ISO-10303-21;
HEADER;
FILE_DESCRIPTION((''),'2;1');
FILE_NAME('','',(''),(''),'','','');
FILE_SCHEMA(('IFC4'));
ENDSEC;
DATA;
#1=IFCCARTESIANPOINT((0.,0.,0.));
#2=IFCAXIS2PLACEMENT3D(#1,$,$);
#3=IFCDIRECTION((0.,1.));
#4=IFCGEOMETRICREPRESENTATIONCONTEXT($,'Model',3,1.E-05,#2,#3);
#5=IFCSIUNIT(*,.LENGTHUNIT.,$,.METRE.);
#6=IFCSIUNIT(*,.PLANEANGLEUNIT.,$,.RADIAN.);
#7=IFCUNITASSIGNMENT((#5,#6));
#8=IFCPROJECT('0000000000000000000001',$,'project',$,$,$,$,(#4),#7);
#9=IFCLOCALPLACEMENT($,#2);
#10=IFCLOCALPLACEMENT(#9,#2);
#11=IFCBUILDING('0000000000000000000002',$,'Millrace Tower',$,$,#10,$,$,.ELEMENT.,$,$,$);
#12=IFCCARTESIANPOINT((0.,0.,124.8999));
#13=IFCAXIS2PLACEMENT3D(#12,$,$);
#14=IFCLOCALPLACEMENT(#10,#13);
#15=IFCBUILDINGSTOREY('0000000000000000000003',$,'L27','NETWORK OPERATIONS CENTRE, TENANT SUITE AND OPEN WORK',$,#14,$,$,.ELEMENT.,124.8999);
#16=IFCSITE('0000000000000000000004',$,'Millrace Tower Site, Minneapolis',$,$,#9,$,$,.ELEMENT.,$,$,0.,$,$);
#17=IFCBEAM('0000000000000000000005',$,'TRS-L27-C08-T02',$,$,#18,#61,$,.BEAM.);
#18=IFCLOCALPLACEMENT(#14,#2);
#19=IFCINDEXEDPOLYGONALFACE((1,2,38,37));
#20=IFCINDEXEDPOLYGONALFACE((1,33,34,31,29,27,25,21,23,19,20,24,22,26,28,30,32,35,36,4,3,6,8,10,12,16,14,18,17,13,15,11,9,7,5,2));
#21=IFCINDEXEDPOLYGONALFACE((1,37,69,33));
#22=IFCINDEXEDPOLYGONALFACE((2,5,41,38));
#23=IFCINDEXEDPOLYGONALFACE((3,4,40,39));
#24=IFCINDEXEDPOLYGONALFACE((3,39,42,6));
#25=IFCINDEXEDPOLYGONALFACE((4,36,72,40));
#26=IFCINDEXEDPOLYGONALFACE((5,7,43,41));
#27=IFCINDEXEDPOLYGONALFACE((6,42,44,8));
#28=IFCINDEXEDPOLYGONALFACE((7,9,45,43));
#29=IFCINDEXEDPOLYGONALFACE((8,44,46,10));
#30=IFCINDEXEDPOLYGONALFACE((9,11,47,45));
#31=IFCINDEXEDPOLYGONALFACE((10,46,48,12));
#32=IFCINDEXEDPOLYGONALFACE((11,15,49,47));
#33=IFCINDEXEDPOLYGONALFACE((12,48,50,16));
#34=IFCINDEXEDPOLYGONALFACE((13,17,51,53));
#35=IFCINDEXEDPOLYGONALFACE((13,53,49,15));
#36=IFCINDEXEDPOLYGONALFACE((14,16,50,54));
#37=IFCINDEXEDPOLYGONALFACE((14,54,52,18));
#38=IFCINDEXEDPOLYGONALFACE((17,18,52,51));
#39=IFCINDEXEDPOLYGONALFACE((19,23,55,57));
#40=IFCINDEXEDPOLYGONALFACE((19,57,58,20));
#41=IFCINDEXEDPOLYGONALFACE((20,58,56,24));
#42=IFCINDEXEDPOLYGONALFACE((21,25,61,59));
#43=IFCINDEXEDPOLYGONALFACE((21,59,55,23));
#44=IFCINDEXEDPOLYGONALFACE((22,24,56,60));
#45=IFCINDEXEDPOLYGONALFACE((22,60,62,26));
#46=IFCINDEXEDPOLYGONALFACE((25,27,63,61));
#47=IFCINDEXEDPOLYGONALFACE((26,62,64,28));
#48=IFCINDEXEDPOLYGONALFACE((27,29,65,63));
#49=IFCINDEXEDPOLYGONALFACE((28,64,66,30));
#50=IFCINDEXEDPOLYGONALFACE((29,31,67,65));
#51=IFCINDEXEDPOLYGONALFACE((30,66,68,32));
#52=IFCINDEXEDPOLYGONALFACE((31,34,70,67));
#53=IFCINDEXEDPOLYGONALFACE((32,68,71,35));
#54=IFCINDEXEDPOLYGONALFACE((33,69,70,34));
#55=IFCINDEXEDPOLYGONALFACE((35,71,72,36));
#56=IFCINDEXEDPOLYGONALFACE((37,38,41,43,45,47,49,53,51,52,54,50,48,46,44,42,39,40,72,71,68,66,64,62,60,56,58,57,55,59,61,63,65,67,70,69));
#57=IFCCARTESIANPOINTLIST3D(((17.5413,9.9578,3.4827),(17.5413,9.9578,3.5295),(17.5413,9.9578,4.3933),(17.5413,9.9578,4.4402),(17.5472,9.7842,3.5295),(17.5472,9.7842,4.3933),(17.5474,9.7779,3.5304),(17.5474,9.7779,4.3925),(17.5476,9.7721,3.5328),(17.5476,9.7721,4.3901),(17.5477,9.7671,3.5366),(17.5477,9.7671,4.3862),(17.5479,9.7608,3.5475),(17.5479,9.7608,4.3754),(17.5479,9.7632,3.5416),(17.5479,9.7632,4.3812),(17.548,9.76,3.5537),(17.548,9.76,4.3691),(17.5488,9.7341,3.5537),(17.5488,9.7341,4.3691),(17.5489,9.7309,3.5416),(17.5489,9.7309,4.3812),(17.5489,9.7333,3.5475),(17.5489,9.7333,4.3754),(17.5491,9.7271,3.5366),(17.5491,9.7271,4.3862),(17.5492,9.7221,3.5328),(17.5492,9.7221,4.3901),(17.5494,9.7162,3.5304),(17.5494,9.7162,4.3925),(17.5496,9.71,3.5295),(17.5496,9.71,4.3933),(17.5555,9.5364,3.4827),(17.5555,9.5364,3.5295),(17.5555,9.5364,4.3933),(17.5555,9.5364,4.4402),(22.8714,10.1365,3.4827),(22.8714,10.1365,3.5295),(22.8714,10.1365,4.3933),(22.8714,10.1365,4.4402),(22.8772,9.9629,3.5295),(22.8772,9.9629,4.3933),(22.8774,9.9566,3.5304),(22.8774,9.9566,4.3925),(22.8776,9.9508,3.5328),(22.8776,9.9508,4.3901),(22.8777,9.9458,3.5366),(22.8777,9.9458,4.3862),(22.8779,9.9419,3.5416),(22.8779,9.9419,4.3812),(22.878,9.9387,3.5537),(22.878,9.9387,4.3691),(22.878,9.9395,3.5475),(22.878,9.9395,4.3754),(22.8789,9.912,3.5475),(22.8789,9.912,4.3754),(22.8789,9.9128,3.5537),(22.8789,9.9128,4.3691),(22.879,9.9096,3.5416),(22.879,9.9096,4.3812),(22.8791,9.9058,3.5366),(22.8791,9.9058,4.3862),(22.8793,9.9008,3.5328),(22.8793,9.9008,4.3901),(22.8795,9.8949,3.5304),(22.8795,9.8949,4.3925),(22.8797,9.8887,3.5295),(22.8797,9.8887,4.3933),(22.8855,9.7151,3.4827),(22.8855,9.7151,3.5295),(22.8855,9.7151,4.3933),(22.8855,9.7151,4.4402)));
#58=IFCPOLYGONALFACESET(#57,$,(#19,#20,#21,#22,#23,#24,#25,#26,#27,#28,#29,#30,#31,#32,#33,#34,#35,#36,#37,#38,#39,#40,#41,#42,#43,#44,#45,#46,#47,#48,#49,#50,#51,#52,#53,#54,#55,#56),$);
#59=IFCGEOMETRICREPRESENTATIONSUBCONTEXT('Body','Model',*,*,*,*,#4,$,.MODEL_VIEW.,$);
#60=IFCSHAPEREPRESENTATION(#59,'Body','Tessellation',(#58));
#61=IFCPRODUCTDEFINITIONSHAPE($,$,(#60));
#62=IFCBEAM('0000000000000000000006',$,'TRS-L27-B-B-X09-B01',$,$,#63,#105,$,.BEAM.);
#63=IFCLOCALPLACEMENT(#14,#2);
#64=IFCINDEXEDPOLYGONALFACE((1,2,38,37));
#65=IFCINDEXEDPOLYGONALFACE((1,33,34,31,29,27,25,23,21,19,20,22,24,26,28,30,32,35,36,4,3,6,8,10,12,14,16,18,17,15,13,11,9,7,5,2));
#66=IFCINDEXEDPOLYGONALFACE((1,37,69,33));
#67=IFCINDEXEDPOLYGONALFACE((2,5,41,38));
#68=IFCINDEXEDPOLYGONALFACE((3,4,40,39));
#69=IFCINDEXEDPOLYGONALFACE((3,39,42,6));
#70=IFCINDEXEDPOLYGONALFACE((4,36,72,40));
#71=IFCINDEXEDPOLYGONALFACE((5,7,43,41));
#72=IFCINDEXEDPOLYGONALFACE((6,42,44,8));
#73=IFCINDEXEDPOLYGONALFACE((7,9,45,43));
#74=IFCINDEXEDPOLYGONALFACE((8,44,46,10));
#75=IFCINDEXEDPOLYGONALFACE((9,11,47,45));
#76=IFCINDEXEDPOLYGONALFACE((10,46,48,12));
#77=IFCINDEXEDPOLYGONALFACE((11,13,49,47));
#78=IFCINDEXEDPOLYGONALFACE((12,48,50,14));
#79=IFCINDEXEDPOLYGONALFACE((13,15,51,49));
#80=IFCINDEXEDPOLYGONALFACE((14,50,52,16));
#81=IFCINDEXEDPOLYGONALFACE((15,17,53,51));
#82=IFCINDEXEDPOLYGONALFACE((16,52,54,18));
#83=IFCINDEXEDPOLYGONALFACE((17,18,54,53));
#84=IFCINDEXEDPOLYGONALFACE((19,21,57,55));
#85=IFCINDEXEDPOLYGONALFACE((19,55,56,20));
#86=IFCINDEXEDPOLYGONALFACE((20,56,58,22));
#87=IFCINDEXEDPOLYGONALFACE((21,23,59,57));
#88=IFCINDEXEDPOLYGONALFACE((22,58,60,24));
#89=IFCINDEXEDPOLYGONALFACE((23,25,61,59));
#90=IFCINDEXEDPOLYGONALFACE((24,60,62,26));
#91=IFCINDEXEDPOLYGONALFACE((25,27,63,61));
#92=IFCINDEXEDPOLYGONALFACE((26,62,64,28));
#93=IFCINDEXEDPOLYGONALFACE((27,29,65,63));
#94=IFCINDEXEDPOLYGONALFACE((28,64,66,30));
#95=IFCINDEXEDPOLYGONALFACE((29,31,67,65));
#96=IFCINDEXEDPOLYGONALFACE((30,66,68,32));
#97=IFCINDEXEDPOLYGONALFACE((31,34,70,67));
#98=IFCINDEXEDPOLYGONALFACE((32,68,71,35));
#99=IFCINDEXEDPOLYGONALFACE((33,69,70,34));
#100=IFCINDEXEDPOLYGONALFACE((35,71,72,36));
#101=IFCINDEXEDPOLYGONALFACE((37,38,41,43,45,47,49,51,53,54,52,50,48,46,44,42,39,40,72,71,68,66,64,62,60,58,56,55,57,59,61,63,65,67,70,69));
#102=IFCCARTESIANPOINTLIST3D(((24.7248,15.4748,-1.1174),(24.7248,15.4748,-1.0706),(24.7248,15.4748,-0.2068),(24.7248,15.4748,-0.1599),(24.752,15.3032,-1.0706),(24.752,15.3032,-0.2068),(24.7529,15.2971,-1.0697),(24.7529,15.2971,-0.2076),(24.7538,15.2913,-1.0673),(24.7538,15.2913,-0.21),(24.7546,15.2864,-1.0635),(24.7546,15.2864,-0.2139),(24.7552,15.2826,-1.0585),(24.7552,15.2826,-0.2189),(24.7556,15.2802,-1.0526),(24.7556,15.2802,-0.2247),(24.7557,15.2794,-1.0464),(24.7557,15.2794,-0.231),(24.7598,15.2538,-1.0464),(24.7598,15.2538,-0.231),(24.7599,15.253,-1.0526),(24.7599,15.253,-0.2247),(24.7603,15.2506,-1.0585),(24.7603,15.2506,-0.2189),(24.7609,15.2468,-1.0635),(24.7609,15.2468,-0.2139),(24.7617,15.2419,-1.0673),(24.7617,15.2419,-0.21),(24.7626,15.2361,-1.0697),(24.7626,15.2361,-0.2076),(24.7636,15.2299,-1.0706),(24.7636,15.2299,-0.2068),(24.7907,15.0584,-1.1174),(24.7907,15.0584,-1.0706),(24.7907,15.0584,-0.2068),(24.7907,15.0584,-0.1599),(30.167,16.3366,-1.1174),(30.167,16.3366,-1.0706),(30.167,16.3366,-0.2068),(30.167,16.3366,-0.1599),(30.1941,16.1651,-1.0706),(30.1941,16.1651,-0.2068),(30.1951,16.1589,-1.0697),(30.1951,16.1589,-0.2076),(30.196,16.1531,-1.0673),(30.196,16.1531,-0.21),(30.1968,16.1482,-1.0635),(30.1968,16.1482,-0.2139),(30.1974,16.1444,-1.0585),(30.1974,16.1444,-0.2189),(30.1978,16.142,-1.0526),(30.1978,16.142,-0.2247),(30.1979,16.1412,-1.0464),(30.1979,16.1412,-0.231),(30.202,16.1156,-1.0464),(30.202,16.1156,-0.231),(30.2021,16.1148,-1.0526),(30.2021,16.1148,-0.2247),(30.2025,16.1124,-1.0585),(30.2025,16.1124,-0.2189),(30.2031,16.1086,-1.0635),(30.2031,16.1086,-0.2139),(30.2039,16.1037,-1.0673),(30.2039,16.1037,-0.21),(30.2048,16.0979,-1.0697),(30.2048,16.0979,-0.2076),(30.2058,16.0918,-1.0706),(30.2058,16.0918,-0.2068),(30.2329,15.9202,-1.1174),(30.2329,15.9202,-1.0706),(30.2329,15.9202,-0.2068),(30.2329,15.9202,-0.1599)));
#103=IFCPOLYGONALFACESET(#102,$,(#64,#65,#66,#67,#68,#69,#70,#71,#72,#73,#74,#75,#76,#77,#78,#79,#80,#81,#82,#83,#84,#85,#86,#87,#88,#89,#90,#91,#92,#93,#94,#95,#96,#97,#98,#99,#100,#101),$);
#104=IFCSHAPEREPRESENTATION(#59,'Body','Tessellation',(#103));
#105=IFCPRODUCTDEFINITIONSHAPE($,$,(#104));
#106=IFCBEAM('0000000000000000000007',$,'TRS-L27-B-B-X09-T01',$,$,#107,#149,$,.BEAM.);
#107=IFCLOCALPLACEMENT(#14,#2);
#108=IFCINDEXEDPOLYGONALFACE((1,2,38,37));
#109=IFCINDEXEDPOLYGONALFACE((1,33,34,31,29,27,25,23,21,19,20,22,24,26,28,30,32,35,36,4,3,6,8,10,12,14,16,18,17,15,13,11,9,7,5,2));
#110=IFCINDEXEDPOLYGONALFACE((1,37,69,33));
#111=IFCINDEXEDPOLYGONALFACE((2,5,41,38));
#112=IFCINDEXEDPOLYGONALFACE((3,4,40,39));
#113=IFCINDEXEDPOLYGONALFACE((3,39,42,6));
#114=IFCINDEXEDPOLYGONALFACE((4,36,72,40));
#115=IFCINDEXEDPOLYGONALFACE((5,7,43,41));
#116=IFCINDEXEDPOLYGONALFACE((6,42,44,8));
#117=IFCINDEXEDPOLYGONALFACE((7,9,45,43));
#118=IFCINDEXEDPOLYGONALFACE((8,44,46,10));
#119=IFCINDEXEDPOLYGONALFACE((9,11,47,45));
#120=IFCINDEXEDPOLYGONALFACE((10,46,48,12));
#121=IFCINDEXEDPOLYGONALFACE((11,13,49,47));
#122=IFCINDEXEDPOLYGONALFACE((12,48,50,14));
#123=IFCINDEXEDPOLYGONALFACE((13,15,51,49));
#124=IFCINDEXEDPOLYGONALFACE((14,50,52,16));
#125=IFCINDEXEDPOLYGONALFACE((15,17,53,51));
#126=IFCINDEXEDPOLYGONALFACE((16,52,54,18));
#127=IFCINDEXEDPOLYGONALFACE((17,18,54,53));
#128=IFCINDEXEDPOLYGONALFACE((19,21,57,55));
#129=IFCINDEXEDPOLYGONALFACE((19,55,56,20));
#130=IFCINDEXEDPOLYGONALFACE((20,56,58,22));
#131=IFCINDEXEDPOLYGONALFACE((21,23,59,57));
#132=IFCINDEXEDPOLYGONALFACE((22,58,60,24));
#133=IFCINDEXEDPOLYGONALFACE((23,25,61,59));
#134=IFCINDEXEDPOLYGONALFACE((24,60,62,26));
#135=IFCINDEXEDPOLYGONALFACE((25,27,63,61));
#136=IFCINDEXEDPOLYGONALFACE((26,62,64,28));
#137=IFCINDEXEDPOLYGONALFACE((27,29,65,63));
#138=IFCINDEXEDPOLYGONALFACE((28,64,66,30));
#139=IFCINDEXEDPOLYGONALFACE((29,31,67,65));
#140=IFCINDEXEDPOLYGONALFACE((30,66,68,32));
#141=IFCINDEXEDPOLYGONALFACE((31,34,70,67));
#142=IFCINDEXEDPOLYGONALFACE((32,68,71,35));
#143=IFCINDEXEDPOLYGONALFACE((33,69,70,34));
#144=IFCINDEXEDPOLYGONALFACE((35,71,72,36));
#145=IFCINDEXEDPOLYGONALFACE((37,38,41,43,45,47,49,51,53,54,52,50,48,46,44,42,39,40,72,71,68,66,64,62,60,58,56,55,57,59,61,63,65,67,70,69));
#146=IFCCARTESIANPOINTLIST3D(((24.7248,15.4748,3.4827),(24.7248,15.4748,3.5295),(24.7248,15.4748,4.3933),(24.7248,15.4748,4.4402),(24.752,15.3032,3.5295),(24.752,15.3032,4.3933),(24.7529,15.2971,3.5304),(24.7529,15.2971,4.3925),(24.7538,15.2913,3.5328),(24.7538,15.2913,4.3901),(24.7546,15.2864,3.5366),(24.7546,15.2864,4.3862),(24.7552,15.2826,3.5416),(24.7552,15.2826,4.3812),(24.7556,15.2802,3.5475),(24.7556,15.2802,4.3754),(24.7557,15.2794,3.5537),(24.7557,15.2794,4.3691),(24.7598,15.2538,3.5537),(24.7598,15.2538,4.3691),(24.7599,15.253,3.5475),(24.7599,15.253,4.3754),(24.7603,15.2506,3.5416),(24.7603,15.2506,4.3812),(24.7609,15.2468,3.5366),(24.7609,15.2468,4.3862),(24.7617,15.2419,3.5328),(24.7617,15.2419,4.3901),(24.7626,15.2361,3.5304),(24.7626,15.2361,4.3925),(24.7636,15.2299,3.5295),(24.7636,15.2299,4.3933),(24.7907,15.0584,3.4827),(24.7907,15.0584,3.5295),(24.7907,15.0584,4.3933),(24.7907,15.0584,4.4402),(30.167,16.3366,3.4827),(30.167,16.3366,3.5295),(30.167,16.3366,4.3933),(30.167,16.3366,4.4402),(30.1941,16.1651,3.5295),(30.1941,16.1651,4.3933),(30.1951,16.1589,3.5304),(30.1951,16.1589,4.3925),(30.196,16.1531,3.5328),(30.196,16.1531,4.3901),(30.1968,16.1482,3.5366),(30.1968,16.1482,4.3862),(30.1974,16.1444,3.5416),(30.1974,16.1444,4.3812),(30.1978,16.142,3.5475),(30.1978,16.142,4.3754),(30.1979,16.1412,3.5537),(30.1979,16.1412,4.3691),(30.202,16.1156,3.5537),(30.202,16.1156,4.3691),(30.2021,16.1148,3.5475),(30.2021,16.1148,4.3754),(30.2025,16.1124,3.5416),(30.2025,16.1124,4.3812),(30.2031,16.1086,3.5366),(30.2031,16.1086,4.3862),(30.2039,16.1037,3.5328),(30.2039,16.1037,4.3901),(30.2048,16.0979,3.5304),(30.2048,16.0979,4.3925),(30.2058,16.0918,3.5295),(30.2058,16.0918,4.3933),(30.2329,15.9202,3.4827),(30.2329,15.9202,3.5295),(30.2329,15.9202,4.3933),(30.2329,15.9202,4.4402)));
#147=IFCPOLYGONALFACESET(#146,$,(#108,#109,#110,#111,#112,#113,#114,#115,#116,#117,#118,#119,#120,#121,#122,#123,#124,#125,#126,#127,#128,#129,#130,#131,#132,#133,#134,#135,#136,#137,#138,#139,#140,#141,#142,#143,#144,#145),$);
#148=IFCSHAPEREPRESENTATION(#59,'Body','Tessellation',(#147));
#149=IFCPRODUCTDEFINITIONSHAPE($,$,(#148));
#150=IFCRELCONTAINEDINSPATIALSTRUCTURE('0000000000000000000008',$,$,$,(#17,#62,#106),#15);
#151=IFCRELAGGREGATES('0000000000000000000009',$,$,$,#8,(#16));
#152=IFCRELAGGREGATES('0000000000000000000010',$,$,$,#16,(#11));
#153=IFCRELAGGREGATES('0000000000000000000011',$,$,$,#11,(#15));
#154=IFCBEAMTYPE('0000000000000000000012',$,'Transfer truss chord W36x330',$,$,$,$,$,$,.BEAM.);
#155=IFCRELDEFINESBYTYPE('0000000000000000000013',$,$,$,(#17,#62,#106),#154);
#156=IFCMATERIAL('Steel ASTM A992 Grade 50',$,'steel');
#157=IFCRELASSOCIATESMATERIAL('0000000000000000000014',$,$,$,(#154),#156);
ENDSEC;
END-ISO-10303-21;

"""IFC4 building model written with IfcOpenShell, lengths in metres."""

from ifc_helpers import new_model, si_unit, direction, frame, origin, origin_2d, place, context, subcontext, project, spatial, i_section, extrude, material, material_profile, profile_set, type_object, element, save


model = new_model("IFC4")

# Units and contexts
model_context = context("Model", 3, precision=1e-05, world=origin(), true_north=direction((0.0, 1.0)))
body_context = subcontext(model_context, "Body", "Model", "MODEL_VIEW")
ifc_project = project(units=[si_unit("LENGTHUNIT", "METRE"), si_unit("PLANEANGLEUNIT", "RADIAN")], contexts=[model_context])

# Site, building, storey
site_placement = place(None, origin())
site = spatial("IfcSite", under=ifc_project, at=site_placement, Name="Millrace Tower Site, Minneapolis", CompositionType="ELEMENT", RefElevation=0.0)
building_placement = place(site_placement, origin())
building = spatial("IfcBuilding", under=site, at=building_placement, Name="Millrace Tower", CompositionType="ELEMENT")
storey_placement = place(building_placement, frame((0.0, 0.0, 124.8999)))
storey = spatial("IfcBuildingStorey", under=building, at=storey_placement, Name="L27", Description="NETWORK OPERATIONS CENTRE, TENANT SUITE AND OPEN WORK", CompositionType="ELEMENT", Elevation=124.8999)

# Beams
ifc_material_1 = material(Name="Steel ASTM A992 Grade 50", Category="steel")
ifc_material_profile_1 = material_profile(ifc_material_1, i_section(OverallWidth=0.4216, OverallDepth=0.9575, WebThickness=0.0259, FlangeThickness=0.0469, FilletRadius=0.0242, at=origin_2d()))
ifc_profile_set_1 = profile_set([ifc_material_profile_1], Name="Steel ASTM A992 Grade 50")
beam_type_1 = type_object("IfcBeamType", Name="Transfer truss chord W36x330", PredefinedType="BEAM", material=ifc_profile_set_1)
for number, where, z_axis, x_axis, name in (
    (1, (22.8784, 9.9258, 3.9614), (-0.999438, -0.03351, 0.0), (0.03351, -0.999438, 0.0), "TRS-L27-C08-T02"),
):
    element("IfcBeam", number, at=place(storey_placement, frame(where, z_axis=z_axis, x_axis=x_axis)), inside=storey, type_object=beam_type_1, Name=name, PredefinedType="BEAM", context=body_context, shape_type="SweptSolid", body=[
        extrude(i_section(OverallWidth=0.4216, OverallDepth=0.9575, WebThickness=0.0259, FlangeThickness=0.0469, FilletRadius=0.0242, at=origin_2d()), origin(), (0.0, 0.0, 1.0), 5.333),
    ])
for number, where, z_axis, x_axis, name in (
    (2, (30.2, 16.1284, -0.6387), (-0.987692, -0.156411, 0.0), (0.156411, -0.987692, 0.0), "TRS-L27-B-B-X09-B01"),
    (3, (30.2, 16.1284, 3.9614), (-0.987692, -0.156411, 0.0), (0.156411, -0.987692, 0.0), "TRS-L27-B-B-X09-T01"),
):
    element("IfcBeam", number, at=place(storey_placement, frame(where, z_axis=z_axis, x_axis=x_axis)), inside=storey, type_object=beam_type_1, Name=name, PredefinedType="BEAM", context=body_context, shape_type="SweptSolid", body=[
        extrude(i_section(OverallWidth=0.4216, OverallDepth=0.9575, WebThickness=0.0259, FlangeThickness=0.0469, FilletRadius=0.0242, at=origin_2d()), origin(), (0.0, 0.0, 1.0), 5.51),
    ])

save(model, "model.ifc")
